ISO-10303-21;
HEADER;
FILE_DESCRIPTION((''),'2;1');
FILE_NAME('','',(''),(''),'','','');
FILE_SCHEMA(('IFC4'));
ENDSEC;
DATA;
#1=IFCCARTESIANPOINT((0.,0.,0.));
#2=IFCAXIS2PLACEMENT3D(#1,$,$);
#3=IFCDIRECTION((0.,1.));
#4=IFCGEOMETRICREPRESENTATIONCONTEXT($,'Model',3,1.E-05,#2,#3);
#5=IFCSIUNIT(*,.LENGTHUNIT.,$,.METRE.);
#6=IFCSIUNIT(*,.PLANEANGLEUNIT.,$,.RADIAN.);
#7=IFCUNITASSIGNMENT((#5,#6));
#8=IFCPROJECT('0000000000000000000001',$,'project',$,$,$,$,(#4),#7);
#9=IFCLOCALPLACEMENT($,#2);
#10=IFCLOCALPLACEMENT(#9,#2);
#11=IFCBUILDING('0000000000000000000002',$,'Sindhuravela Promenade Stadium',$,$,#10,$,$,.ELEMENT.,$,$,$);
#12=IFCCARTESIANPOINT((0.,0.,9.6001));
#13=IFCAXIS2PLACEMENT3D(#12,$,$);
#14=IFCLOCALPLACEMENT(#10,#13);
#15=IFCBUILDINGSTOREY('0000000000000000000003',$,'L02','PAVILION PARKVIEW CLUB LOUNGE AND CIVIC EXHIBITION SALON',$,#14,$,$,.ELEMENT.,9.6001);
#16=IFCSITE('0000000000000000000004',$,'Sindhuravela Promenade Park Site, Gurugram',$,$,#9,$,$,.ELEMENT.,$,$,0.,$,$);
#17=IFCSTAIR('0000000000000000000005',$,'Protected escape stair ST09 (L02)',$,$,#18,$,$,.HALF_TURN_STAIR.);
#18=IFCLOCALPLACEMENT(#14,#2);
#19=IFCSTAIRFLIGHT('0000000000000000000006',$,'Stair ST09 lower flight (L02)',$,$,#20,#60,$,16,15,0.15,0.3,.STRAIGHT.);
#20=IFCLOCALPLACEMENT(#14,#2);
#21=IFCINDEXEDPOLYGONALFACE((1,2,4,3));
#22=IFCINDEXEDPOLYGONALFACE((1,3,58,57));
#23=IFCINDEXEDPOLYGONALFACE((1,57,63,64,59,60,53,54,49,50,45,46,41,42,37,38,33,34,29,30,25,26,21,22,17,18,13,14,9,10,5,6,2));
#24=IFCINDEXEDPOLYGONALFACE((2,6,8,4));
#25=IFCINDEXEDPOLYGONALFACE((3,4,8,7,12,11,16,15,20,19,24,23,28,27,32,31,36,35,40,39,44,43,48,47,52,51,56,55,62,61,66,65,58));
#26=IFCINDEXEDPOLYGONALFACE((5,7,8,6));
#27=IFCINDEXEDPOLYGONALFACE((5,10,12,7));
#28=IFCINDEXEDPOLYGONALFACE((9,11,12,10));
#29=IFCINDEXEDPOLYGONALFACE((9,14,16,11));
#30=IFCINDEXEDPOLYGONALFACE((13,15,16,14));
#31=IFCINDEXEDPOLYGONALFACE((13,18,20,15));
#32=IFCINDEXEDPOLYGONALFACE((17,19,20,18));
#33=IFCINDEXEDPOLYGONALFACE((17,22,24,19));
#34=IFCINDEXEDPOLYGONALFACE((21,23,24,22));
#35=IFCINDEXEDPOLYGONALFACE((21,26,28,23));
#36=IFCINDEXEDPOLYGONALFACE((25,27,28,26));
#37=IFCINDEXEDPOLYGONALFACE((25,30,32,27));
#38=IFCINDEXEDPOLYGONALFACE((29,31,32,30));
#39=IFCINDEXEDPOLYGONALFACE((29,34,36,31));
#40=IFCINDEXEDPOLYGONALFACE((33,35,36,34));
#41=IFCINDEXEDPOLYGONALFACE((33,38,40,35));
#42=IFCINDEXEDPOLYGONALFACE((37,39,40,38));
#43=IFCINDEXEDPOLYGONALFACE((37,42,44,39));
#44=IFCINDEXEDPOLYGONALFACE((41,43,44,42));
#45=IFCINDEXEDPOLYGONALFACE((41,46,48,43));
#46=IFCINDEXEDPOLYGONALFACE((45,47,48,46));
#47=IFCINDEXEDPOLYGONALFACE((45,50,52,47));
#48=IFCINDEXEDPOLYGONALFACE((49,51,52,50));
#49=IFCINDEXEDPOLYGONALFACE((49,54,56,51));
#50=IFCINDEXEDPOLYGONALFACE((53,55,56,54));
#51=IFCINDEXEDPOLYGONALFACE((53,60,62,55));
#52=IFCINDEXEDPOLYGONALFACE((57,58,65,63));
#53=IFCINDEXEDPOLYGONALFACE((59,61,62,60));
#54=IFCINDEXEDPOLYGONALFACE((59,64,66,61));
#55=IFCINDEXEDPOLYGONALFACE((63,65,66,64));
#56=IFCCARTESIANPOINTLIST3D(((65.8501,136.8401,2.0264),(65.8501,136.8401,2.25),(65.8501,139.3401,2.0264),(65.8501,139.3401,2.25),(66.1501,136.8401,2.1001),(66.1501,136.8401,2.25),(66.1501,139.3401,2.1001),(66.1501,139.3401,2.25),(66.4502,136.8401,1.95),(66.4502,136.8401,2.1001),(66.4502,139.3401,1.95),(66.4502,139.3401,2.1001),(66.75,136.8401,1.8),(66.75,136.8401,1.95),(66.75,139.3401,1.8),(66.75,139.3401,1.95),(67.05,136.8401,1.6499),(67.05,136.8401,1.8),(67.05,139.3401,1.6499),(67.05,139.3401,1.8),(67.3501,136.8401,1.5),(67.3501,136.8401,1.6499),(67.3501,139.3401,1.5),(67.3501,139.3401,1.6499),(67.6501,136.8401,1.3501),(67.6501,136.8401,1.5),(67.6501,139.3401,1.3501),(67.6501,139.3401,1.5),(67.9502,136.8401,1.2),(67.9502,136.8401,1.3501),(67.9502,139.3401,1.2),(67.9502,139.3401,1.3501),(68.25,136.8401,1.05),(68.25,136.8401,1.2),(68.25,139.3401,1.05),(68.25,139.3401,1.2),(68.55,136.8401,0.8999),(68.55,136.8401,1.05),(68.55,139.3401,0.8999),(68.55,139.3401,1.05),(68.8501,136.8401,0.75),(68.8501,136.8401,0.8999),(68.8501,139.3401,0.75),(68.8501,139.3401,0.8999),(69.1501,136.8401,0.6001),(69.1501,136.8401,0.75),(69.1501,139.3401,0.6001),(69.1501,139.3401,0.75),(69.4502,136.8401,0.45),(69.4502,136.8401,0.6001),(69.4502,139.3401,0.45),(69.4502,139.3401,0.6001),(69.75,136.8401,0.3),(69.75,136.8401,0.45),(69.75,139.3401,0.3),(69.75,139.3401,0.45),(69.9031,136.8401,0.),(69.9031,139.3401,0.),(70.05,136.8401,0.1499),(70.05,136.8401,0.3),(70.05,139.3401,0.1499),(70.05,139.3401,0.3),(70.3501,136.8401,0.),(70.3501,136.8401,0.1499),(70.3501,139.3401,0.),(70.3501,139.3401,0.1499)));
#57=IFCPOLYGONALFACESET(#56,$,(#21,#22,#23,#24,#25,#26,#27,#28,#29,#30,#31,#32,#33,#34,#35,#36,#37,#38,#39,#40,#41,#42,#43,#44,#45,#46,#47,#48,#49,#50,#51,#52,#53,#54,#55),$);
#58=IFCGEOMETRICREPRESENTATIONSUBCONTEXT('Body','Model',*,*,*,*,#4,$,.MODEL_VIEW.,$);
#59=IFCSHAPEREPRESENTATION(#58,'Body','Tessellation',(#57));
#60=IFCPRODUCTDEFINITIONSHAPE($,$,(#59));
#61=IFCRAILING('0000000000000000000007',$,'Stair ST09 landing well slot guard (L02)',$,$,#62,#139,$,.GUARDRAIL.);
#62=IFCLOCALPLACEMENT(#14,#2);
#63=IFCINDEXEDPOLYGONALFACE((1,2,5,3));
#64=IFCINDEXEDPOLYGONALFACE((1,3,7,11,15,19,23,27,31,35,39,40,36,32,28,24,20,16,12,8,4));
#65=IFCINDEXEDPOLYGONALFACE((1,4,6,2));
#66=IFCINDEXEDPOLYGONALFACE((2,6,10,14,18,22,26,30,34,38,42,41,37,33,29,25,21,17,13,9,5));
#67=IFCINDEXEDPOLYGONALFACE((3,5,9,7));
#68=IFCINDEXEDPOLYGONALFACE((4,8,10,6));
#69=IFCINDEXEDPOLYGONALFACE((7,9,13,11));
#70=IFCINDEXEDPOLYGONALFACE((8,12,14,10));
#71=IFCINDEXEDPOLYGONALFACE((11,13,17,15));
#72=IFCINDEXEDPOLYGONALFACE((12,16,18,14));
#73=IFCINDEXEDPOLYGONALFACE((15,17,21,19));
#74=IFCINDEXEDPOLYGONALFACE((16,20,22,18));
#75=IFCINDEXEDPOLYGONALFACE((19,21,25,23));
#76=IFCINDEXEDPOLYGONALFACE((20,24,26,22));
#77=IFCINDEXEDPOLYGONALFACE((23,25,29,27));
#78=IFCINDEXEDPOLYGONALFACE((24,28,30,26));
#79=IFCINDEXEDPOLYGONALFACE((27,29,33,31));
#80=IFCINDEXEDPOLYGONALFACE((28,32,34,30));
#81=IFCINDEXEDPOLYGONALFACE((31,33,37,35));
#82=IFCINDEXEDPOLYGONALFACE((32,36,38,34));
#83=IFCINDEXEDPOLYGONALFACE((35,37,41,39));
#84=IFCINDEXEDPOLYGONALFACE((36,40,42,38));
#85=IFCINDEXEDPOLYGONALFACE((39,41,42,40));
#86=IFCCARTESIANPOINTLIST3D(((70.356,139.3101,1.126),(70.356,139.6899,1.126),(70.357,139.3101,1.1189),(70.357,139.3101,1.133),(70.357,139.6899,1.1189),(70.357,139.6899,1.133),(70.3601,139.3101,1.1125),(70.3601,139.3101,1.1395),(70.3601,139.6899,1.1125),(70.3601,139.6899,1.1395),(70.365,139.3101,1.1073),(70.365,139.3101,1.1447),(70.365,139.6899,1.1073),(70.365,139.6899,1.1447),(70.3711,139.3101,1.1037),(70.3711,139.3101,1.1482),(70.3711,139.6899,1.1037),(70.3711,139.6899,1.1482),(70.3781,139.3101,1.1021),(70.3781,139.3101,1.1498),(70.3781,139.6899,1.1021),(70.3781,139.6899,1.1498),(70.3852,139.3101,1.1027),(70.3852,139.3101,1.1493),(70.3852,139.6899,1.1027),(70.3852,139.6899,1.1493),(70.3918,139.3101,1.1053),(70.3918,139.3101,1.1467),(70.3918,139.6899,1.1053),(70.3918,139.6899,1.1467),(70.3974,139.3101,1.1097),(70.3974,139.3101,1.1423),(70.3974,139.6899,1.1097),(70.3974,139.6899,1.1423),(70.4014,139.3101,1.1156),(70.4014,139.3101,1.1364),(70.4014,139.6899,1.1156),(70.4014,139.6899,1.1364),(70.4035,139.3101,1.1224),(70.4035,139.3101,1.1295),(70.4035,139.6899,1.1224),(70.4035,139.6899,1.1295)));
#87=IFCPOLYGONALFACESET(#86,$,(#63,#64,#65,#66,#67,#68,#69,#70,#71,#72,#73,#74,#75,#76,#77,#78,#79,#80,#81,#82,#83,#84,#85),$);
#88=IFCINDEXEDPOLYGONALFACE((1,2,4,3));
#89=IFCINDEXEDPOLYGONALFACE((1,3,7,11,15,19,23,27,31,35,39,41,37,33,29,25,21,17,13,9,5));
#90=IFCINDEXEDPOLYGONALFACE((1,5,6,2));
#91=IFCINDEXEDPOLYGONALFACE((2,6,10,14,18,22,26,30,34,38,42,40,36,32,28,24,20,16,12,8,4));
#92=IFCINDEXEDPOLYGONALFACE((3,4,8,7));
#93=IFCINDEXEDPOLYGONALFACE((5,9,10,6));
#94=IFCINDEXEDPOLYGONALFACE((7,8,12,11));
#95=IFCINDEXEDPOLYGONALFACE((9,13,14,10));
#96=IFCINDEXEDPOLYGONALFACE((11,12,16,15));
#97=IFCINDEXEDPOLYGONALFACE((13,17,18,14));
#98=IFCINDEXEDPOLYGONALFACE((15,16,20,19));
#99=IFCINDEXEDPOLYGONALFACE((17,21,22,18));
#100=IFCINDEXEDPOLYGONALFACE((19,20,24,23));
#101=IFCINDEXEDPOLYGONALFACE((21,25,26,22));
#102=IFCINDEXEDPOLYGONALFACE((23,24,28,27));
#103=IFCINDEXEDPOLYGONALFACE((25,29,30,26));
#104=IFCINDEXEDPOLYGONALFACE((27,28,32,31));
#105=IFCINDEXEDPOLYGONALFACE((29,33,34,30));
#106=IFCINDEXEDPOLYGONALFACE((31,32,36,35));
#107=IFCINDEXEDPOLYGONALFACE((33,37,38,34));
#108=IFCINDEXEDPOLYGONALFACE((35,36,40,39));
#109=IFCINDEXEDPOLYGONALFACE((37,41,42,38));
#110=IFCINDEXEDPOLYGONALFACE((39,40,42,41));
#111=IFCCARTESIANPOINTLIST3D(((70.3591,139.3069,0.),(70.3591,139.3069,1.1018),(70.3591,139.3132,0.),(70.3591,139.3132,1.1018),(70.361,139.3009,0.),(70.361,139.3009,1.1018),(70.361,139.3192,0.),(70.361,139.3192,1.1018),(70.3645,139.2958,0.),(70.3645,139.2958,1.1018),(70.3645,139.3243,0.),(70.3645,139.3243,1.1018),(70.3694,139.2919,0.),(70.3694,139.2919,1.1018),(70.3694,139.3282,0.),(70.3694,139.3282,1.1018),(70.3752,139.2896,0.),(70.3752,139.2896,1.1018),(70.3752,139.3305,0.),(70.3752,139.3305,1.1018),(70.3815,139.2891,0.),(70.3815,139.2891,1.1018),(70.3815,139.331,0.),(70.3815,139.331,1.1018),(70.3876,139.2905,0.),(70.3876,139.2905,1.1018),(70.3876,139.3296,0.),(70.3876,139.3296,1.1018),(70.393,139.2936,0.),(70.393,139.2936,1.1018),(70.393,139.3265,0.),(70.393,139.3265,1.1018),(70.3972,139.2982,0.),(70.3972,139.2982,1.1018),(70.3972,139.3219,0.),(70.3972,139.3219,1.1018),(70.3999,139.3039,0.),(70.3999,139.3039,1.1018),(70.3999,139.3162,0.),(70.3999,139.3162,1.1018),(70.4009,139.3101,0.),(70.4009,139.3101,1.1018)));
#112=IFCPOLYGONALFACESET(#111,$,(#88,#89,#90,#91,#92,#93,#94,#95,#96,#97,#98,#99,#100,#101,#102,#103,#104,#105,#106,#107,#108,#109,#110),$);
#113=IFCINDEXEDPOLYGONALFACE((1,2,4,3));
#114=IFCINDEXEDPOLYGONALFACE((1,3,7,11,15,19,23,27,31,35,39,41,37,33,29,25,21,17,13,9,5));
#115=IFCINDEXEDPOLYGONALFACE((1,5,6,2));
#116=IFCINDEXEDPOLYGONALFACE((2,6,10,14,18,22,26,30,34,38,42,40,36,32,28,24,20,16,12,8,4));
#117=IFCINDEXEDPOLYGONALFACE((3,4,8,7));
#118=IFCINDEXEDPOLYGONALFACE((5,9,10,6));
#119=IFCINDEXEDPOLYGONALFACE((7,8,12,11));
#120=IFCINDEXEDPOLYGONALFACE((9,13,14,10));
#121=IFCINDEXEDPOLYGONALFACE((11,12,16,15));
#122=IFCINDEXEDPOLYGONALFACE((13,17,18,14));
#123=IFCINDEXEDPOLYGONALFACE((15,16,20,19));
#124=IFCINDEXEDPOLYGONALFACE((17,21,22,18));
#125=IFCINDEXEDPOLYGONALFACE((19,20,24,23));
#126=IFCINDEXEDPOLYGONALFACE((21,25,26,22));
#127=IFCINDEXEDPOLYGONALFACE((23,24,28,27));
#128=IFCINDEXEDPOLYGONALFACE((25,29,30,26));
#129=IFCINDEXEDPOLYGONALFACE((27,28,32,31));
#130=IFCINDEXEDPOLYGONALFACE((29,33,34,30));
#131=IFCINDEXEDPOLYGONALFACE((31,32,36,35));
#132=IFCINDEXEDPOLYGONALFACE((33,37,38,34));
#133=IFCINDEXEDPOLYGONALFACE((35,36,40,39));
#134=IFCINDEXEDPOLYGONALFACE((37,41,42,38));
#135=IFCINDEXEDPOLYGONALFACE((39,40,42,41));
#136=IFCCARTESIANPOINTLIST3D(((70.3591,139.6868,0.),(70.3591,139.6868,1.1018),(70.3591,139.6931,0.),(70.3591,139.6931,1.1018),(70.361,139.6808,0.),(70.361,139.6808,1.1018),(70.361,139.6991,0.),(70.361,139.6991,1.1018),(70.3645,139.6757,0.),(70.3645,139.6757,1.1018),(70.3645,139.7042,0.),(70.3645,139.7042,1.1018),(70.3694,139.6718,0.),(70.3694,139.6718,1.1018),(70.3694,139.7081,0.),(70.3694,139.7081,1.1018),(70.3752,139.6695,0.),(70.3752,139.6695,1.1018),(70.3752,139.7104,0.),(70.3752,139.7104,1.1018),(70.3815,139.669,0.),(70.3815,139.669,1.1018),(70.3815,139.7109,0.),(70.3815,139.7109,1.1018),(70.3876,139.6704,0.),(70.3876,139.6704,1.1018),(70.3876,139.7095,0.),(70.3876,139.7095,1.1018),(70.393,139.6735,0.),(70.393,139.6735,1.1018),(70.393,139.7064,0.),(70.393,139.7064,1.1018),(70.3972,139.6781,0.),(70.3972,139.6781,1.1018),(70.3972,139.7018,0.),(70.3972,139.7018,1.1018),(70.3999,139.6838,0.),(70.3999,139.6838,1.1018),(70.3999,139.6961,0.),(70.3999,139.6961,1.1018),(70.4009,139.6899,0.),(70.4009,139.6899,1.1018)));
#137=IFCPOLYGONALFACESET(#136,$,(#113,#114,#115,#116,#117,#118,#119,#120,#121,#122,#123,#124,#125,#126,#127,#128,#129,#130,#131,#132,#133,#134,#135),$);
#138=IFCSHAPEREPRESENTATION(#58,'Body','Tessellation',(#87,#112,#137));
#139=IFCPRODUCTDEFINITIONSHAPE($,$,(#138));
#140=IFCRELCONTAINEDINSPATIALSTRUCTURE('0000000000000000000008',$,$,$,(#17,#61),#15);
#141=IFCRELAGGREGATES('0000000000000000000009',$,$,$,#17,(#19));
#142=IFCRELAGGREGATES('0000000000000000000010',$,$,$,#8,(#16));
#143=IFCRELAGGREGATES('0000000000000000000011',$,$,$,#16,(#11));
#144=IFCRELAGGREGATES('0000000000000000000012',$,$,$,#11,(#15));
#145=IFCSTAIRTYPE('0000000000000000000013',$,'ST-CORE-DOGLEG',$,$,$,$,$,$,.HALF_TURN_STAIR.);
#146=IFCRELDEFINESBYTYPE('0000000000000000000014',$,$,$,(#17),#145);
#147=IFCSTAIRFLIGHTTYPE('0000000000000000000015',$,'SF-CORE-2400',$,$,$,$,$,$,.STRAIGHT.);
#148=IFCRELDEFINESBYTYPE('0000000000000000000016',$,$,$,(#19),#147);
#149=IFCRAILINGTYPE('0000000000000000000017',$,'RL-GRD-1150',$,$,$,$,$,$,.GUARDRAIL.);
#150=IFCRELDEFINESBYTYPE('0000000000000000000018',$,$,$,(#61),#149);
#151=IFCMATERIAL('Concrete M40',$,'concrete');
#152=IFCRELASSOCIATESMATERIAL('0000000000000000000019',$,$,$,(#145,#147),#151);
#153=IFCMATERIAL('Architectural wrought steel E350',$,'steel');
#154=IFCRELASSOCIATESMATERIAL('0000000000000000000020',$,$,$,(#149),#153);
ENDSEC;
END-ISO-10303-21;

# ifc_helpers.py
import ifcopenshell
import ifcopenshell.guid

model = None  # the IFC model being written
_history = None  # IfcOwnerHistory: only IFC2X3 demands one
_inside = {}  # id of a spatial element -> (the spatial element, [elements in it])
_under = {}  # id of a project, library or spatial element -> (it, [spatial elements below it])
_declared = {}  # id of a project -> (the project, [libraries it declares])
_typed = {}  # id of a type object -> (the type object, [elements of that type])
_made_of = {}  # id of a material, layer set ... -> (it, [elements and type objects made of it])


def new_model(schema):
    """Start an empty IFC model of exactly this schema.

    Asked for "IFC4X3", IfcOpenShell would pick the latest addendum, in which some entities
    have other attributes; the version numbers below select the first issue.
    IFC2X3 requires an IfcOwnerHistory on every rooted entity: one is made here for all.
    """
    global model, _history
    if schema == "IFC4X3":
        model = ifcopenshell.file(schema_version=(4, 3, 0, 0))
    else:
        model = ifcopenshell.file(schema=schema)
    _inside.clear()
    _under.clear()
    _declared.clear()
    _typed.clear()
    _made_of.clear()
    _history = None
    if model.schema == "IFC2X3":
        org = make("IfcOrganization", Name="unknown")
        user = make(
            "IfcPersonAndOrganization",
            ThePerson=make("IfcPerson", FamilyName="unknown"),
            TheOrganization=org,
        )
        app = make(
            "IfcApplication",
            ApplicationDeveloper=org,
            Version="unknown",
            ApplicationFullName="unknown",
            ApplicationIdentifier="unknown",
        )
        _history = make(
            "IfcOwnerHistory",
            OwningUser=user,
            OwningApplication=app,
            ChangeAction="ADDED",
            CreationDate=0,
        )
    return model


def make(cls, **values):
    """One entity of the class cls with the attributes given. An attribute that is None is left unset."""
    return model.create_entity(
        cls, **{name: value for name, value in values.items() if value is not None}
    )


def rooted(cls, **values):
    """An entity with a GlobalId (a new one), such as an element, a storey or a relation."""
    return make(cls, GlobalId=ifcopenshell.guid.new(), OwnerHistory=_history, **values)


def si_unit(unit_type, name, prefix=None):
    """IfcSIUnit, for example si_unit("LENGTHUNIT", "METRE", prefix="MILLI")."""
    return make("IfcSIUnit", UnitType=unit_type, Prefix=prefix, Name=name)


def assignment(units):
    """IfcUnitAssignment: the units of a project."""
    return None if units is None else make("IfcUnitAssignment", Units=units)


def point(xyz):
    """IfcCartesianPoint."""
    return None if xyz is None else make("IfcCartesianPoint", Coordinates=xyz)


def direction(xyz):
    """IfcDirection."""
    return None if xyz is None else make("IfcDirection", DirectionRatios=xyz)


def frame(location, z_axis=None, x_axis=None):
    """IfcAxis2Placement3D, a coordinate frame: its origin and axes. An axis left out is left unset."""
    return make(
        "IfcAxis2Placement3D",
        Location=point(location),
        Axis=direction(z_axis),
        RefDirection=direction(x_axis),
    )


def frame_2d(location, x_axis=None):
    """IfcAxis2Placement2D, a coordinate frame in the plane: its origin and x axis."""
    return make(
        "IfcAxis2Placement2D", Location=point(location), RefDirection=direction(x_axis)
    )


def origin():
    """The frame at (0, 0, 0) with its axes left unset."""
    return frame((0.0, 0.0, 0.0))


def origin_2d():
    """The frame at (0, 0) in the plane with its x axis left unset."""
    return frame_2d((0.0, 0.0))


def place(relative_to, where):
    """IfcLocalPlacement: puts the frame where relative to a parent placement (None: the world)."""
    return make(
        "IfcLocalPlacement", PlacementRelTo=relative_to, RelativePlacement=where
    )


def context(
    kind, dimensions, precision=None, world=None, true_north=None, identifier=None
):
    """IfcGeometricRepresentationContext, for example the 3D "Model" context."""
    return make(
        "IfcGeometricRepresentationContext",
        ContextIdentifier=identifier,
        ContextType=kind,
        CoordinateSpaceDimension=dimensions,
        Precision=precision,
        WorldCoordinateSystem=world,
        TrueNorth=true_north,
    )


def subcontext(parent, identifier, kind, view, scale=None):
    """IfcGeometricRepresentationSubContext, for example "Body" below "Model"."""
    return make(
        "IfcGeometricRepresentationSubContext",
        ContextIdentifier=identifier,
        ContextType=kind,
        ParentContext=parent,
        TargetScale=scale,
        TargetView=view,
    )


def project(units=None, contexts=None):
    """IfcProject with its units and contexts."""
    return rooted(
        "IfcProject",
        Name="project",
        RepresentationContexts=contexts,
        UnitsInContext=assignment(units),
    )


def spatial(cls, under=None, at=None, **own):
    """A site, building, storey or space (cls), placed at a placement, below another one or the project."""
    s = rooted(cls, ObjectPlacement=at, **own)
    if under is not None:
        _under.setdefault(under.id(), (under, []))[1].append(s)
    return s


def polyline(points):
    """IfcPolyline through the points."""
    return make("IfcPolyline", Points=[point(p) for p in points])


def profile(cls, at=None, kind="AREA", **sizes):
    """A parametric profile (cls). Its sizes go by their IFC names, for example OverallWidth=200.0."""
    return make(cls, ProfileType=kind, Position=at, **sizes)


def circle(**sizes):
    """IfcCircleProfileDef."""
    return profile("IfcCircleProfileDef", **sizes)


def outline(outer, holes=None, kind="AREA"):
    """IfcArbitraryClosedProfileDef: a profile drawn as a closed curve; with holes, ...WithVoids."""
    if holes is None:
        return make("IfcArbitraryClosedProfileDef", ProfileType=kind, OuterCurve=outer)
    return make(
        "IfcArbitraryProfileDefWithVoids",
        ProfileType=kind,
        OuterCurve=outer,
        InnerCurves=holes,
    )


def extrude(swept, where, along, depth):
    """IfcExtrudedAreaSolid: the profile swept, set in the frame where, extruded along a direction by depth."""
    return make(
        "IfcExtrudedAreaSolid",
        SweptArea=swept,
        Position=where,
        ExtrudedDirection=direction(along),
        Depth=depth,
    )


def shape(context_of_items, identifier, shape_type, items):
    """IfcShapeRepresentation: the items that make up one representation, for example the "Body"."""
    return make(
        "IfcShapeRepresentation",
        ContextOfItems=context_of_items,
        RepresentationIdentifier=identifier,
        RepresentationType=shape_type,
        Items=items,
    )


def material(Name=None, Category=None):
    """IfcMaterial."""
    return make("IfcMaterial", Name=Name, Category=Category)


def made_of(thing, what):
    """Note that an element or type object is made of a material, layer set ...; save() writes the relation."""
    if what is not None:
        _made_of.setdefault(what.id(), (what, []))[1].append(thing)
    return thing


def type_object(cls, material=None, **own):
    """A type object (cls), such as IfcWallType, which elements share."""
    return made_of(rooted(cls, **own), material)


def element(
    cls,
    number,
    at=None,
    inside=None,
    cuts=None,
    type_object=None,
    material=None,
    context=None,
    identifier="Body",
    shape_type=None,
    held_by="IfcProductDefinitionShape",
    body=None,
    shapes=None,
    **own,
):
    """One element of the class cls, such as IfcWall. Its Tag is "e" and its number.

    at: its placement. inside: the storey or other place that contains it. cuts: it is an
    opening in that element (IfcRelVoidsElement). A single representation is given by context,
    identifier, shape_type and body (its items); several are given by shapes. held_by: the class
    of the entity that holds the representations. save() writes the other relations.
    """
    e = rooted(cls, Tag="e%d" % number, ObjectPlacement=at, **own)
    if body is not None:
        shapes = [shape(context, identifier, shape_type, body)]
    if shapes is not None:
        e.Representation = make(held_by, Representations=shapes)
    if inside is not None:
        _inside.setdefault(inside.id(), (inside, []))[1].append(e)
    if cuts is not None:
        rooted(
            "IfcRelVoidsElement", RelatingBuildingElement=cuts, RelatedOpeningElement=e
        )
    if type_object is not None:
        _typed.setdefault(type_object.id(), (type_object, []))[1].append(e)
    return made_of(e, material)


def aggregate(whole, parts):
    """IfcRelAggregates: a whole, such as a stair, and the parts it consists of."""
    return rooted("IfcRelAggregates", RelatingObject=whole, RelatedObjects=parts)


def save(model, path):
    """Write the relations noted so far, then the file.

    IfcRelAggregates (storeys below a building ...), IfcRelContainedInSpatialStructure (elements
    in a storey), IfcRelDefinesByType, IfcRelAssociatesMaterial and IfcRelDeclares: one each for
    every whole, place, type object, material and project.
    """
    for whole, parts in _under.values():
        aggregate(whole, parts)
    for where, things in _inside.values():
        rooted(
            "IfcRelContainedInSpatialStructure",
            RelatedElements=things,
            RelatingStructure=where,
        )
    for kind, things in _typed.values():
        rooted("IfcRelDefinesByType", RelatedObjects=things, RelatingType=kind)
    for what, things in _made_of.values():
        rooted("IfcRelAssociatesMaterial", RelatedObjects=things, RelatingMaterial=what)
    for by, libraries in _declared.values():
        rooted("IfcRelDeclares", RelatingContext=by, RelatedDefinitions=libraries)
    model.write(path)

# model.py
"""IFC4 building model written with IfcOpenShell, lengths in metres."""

from ifc_helpers import new_model, si_unit, direction, frame, origin, origin_2d, place, context, subcontext, project, spatial, polyline, circle, outline, extrude, material, type_object, element, aggregate, save


model = new_model("IFC4")

# Units and contexts
model_context = context("Model", 3, precision=1e-05, world=origin(), true_north=direction((0.0, 1.0)))
body_context = subcontext(model_context, "Body", "Model", "MODEL_VIEW")
ifc_project = project(units=[si_unit("LENGTHUNIT", "METRE"), si_unit("PLANEANGLEUNIT", "RADIAN")], contexts=[model_context])

# Site, building, storey
site_placement = place(None, origin())
site = spatial("IfcSite", under=ifc_project, at=site_placement, Name="Sindhuravela Promenade Park Site, Gurugram", CompositionType="ELEMENT", RefElevation=0.0)
building_placement = place(site_placement, origin())
building = spatial("IfcBuilding", under=site, at=building_placement, Name="Sindhuravela Promenade Stadium", CompositionType="ELEMENT")
storey_placement = place(building_placement, frame((0.0, 0.0, 9.6001)))
storey = spatial("IfcBuildingStorey", under=building, at=storey_placement, Name="L02", Description="PAVILION PARKVIEW CLUB LOUNGE AND CIVIC EXHIBITION SALON", CompositionType="ELEMENT", Elevation=9.6001)

# Shared definitions
ifc_material_1 = material(Name="Concrete M40", Category="concrete")

# Shared definitions
ifc_material_2 = material(Name="Architectural wrought steel E350", Category="steel")

# Stair, stair flight
stair_type = type_object("IfcStairType", Name="ST-CORE-DOGLEG", PredefinedType="HALF_TURN_STAIR", material=ifc_material_1)
stair_placement = place(storey_placement, origin())
stair = element("IfcStair", 1, at=stair_placement, inside=storey, type_object=stair_type, Name="Protected escape stair ST09 (L02)", PredefinedType="HALF_TURN_STAIR")
stair_flight_type = type_object("IfcStairFlightType", Name="SF-CORE-2400", PredefinedType="STRAIGHT", material=ifc_material_1)
stair_flight_placement = place(storey_placement, frame((70.3501, 138.0901, 0.0), z_axis=(0.0, 0.0, 1.0), x_axis=(-1.0, 0.0, 0.0)))
stair_flight = element("IfcStairFlight", 2, at=stair_flight_placement, type_object=stair_flight_type, Name="Stair ST09 lower flight (L02)", NumberOfRisers=16, NumberOfTreads=15, PredefinedType="STRAIGHT", RiserHeight=0.15, TreadLength=0.3, context=body_context, shape_type="SweptSolid", body=[
    extrude(outline(polyline([(0.0, 0.0), (0.0, 0.1499), (0.3, 0.1499), (0.3, 0.3), (0.6001, 0.3), (0.6001, 0.45), (0.8999, 0.45), (0.8999, 0.6001), (1.2, 0.6001), (1.2, 0.75), (1.5, 0.75), (1.5, 0.8999), (1.8, 0.8999), (1.8, 1.05), (2.1001, 1.05), (2.1001, 1.2), (2.3999, 1.2), (2.3999, 1.3501), (2.7, 1.3501), (2.7, 1.5), (3.0, 1.5), (3.0, 1.6499), (3.3, 1.6499), (3.3, 1.8), (3.6001, 1.8), (3.6001, 1.95), (3.8999, 1.95), (3.8999, 2.1001), (4.2, 2.1001), (4.2, 2.25), (4.5, 2.25), (4.5, 2.3999), (4.5, 2.0264), (0.447, 0.0), (0.0, 0.0)])), frame((0.0, 1.25, 0.0), z_axis=(0.0, -1.0, 0.0), x_axis=(1.0, 0.0, 0.0)), (0.0, 0.0, 1.0), 2.5),
])
aggregate(stair, [stair_flight])

# Railing
railing_type_1 = type_object("IfcRailingType", Name="RL-GRD-1150", PredefinedType="GUARDRAIL", material=ifc_material_2)
railing_1_placement = place(storey_placement, frame((70.3799, 139.3101, 0.0)))
element("IfcRailing", 3, at=railing_1_placement, inside=storey, type_object=railing_type_1, Name="Stair ST09 landing well slot guard (L02)", PredefinedType="GUARDRAIL", context=body_context, shape_type="SweptSolid", body=[
    extrude(circle(Radius=0.0239, at=origin_2d()), frame((0.0, 0.0, 1.126), z_axis=(0.0, 1.0, 0.0), x_axis=(-1.0, 0.0, 0.0)), (0.0, 0.0, 1.0), 0.3799),
    extrude(circle(Radius=0.021, at=origin_2d()), origin(), (0.0, 0.0, 1.0), 1.1018),
    extrude(circle(Radius=0.021, at=origin_2d()), frame((0.0, 0.3799, 0.0)), (0.0, 0.0, 1.0), 1.1018),
])

save(model, "model.ifc")
